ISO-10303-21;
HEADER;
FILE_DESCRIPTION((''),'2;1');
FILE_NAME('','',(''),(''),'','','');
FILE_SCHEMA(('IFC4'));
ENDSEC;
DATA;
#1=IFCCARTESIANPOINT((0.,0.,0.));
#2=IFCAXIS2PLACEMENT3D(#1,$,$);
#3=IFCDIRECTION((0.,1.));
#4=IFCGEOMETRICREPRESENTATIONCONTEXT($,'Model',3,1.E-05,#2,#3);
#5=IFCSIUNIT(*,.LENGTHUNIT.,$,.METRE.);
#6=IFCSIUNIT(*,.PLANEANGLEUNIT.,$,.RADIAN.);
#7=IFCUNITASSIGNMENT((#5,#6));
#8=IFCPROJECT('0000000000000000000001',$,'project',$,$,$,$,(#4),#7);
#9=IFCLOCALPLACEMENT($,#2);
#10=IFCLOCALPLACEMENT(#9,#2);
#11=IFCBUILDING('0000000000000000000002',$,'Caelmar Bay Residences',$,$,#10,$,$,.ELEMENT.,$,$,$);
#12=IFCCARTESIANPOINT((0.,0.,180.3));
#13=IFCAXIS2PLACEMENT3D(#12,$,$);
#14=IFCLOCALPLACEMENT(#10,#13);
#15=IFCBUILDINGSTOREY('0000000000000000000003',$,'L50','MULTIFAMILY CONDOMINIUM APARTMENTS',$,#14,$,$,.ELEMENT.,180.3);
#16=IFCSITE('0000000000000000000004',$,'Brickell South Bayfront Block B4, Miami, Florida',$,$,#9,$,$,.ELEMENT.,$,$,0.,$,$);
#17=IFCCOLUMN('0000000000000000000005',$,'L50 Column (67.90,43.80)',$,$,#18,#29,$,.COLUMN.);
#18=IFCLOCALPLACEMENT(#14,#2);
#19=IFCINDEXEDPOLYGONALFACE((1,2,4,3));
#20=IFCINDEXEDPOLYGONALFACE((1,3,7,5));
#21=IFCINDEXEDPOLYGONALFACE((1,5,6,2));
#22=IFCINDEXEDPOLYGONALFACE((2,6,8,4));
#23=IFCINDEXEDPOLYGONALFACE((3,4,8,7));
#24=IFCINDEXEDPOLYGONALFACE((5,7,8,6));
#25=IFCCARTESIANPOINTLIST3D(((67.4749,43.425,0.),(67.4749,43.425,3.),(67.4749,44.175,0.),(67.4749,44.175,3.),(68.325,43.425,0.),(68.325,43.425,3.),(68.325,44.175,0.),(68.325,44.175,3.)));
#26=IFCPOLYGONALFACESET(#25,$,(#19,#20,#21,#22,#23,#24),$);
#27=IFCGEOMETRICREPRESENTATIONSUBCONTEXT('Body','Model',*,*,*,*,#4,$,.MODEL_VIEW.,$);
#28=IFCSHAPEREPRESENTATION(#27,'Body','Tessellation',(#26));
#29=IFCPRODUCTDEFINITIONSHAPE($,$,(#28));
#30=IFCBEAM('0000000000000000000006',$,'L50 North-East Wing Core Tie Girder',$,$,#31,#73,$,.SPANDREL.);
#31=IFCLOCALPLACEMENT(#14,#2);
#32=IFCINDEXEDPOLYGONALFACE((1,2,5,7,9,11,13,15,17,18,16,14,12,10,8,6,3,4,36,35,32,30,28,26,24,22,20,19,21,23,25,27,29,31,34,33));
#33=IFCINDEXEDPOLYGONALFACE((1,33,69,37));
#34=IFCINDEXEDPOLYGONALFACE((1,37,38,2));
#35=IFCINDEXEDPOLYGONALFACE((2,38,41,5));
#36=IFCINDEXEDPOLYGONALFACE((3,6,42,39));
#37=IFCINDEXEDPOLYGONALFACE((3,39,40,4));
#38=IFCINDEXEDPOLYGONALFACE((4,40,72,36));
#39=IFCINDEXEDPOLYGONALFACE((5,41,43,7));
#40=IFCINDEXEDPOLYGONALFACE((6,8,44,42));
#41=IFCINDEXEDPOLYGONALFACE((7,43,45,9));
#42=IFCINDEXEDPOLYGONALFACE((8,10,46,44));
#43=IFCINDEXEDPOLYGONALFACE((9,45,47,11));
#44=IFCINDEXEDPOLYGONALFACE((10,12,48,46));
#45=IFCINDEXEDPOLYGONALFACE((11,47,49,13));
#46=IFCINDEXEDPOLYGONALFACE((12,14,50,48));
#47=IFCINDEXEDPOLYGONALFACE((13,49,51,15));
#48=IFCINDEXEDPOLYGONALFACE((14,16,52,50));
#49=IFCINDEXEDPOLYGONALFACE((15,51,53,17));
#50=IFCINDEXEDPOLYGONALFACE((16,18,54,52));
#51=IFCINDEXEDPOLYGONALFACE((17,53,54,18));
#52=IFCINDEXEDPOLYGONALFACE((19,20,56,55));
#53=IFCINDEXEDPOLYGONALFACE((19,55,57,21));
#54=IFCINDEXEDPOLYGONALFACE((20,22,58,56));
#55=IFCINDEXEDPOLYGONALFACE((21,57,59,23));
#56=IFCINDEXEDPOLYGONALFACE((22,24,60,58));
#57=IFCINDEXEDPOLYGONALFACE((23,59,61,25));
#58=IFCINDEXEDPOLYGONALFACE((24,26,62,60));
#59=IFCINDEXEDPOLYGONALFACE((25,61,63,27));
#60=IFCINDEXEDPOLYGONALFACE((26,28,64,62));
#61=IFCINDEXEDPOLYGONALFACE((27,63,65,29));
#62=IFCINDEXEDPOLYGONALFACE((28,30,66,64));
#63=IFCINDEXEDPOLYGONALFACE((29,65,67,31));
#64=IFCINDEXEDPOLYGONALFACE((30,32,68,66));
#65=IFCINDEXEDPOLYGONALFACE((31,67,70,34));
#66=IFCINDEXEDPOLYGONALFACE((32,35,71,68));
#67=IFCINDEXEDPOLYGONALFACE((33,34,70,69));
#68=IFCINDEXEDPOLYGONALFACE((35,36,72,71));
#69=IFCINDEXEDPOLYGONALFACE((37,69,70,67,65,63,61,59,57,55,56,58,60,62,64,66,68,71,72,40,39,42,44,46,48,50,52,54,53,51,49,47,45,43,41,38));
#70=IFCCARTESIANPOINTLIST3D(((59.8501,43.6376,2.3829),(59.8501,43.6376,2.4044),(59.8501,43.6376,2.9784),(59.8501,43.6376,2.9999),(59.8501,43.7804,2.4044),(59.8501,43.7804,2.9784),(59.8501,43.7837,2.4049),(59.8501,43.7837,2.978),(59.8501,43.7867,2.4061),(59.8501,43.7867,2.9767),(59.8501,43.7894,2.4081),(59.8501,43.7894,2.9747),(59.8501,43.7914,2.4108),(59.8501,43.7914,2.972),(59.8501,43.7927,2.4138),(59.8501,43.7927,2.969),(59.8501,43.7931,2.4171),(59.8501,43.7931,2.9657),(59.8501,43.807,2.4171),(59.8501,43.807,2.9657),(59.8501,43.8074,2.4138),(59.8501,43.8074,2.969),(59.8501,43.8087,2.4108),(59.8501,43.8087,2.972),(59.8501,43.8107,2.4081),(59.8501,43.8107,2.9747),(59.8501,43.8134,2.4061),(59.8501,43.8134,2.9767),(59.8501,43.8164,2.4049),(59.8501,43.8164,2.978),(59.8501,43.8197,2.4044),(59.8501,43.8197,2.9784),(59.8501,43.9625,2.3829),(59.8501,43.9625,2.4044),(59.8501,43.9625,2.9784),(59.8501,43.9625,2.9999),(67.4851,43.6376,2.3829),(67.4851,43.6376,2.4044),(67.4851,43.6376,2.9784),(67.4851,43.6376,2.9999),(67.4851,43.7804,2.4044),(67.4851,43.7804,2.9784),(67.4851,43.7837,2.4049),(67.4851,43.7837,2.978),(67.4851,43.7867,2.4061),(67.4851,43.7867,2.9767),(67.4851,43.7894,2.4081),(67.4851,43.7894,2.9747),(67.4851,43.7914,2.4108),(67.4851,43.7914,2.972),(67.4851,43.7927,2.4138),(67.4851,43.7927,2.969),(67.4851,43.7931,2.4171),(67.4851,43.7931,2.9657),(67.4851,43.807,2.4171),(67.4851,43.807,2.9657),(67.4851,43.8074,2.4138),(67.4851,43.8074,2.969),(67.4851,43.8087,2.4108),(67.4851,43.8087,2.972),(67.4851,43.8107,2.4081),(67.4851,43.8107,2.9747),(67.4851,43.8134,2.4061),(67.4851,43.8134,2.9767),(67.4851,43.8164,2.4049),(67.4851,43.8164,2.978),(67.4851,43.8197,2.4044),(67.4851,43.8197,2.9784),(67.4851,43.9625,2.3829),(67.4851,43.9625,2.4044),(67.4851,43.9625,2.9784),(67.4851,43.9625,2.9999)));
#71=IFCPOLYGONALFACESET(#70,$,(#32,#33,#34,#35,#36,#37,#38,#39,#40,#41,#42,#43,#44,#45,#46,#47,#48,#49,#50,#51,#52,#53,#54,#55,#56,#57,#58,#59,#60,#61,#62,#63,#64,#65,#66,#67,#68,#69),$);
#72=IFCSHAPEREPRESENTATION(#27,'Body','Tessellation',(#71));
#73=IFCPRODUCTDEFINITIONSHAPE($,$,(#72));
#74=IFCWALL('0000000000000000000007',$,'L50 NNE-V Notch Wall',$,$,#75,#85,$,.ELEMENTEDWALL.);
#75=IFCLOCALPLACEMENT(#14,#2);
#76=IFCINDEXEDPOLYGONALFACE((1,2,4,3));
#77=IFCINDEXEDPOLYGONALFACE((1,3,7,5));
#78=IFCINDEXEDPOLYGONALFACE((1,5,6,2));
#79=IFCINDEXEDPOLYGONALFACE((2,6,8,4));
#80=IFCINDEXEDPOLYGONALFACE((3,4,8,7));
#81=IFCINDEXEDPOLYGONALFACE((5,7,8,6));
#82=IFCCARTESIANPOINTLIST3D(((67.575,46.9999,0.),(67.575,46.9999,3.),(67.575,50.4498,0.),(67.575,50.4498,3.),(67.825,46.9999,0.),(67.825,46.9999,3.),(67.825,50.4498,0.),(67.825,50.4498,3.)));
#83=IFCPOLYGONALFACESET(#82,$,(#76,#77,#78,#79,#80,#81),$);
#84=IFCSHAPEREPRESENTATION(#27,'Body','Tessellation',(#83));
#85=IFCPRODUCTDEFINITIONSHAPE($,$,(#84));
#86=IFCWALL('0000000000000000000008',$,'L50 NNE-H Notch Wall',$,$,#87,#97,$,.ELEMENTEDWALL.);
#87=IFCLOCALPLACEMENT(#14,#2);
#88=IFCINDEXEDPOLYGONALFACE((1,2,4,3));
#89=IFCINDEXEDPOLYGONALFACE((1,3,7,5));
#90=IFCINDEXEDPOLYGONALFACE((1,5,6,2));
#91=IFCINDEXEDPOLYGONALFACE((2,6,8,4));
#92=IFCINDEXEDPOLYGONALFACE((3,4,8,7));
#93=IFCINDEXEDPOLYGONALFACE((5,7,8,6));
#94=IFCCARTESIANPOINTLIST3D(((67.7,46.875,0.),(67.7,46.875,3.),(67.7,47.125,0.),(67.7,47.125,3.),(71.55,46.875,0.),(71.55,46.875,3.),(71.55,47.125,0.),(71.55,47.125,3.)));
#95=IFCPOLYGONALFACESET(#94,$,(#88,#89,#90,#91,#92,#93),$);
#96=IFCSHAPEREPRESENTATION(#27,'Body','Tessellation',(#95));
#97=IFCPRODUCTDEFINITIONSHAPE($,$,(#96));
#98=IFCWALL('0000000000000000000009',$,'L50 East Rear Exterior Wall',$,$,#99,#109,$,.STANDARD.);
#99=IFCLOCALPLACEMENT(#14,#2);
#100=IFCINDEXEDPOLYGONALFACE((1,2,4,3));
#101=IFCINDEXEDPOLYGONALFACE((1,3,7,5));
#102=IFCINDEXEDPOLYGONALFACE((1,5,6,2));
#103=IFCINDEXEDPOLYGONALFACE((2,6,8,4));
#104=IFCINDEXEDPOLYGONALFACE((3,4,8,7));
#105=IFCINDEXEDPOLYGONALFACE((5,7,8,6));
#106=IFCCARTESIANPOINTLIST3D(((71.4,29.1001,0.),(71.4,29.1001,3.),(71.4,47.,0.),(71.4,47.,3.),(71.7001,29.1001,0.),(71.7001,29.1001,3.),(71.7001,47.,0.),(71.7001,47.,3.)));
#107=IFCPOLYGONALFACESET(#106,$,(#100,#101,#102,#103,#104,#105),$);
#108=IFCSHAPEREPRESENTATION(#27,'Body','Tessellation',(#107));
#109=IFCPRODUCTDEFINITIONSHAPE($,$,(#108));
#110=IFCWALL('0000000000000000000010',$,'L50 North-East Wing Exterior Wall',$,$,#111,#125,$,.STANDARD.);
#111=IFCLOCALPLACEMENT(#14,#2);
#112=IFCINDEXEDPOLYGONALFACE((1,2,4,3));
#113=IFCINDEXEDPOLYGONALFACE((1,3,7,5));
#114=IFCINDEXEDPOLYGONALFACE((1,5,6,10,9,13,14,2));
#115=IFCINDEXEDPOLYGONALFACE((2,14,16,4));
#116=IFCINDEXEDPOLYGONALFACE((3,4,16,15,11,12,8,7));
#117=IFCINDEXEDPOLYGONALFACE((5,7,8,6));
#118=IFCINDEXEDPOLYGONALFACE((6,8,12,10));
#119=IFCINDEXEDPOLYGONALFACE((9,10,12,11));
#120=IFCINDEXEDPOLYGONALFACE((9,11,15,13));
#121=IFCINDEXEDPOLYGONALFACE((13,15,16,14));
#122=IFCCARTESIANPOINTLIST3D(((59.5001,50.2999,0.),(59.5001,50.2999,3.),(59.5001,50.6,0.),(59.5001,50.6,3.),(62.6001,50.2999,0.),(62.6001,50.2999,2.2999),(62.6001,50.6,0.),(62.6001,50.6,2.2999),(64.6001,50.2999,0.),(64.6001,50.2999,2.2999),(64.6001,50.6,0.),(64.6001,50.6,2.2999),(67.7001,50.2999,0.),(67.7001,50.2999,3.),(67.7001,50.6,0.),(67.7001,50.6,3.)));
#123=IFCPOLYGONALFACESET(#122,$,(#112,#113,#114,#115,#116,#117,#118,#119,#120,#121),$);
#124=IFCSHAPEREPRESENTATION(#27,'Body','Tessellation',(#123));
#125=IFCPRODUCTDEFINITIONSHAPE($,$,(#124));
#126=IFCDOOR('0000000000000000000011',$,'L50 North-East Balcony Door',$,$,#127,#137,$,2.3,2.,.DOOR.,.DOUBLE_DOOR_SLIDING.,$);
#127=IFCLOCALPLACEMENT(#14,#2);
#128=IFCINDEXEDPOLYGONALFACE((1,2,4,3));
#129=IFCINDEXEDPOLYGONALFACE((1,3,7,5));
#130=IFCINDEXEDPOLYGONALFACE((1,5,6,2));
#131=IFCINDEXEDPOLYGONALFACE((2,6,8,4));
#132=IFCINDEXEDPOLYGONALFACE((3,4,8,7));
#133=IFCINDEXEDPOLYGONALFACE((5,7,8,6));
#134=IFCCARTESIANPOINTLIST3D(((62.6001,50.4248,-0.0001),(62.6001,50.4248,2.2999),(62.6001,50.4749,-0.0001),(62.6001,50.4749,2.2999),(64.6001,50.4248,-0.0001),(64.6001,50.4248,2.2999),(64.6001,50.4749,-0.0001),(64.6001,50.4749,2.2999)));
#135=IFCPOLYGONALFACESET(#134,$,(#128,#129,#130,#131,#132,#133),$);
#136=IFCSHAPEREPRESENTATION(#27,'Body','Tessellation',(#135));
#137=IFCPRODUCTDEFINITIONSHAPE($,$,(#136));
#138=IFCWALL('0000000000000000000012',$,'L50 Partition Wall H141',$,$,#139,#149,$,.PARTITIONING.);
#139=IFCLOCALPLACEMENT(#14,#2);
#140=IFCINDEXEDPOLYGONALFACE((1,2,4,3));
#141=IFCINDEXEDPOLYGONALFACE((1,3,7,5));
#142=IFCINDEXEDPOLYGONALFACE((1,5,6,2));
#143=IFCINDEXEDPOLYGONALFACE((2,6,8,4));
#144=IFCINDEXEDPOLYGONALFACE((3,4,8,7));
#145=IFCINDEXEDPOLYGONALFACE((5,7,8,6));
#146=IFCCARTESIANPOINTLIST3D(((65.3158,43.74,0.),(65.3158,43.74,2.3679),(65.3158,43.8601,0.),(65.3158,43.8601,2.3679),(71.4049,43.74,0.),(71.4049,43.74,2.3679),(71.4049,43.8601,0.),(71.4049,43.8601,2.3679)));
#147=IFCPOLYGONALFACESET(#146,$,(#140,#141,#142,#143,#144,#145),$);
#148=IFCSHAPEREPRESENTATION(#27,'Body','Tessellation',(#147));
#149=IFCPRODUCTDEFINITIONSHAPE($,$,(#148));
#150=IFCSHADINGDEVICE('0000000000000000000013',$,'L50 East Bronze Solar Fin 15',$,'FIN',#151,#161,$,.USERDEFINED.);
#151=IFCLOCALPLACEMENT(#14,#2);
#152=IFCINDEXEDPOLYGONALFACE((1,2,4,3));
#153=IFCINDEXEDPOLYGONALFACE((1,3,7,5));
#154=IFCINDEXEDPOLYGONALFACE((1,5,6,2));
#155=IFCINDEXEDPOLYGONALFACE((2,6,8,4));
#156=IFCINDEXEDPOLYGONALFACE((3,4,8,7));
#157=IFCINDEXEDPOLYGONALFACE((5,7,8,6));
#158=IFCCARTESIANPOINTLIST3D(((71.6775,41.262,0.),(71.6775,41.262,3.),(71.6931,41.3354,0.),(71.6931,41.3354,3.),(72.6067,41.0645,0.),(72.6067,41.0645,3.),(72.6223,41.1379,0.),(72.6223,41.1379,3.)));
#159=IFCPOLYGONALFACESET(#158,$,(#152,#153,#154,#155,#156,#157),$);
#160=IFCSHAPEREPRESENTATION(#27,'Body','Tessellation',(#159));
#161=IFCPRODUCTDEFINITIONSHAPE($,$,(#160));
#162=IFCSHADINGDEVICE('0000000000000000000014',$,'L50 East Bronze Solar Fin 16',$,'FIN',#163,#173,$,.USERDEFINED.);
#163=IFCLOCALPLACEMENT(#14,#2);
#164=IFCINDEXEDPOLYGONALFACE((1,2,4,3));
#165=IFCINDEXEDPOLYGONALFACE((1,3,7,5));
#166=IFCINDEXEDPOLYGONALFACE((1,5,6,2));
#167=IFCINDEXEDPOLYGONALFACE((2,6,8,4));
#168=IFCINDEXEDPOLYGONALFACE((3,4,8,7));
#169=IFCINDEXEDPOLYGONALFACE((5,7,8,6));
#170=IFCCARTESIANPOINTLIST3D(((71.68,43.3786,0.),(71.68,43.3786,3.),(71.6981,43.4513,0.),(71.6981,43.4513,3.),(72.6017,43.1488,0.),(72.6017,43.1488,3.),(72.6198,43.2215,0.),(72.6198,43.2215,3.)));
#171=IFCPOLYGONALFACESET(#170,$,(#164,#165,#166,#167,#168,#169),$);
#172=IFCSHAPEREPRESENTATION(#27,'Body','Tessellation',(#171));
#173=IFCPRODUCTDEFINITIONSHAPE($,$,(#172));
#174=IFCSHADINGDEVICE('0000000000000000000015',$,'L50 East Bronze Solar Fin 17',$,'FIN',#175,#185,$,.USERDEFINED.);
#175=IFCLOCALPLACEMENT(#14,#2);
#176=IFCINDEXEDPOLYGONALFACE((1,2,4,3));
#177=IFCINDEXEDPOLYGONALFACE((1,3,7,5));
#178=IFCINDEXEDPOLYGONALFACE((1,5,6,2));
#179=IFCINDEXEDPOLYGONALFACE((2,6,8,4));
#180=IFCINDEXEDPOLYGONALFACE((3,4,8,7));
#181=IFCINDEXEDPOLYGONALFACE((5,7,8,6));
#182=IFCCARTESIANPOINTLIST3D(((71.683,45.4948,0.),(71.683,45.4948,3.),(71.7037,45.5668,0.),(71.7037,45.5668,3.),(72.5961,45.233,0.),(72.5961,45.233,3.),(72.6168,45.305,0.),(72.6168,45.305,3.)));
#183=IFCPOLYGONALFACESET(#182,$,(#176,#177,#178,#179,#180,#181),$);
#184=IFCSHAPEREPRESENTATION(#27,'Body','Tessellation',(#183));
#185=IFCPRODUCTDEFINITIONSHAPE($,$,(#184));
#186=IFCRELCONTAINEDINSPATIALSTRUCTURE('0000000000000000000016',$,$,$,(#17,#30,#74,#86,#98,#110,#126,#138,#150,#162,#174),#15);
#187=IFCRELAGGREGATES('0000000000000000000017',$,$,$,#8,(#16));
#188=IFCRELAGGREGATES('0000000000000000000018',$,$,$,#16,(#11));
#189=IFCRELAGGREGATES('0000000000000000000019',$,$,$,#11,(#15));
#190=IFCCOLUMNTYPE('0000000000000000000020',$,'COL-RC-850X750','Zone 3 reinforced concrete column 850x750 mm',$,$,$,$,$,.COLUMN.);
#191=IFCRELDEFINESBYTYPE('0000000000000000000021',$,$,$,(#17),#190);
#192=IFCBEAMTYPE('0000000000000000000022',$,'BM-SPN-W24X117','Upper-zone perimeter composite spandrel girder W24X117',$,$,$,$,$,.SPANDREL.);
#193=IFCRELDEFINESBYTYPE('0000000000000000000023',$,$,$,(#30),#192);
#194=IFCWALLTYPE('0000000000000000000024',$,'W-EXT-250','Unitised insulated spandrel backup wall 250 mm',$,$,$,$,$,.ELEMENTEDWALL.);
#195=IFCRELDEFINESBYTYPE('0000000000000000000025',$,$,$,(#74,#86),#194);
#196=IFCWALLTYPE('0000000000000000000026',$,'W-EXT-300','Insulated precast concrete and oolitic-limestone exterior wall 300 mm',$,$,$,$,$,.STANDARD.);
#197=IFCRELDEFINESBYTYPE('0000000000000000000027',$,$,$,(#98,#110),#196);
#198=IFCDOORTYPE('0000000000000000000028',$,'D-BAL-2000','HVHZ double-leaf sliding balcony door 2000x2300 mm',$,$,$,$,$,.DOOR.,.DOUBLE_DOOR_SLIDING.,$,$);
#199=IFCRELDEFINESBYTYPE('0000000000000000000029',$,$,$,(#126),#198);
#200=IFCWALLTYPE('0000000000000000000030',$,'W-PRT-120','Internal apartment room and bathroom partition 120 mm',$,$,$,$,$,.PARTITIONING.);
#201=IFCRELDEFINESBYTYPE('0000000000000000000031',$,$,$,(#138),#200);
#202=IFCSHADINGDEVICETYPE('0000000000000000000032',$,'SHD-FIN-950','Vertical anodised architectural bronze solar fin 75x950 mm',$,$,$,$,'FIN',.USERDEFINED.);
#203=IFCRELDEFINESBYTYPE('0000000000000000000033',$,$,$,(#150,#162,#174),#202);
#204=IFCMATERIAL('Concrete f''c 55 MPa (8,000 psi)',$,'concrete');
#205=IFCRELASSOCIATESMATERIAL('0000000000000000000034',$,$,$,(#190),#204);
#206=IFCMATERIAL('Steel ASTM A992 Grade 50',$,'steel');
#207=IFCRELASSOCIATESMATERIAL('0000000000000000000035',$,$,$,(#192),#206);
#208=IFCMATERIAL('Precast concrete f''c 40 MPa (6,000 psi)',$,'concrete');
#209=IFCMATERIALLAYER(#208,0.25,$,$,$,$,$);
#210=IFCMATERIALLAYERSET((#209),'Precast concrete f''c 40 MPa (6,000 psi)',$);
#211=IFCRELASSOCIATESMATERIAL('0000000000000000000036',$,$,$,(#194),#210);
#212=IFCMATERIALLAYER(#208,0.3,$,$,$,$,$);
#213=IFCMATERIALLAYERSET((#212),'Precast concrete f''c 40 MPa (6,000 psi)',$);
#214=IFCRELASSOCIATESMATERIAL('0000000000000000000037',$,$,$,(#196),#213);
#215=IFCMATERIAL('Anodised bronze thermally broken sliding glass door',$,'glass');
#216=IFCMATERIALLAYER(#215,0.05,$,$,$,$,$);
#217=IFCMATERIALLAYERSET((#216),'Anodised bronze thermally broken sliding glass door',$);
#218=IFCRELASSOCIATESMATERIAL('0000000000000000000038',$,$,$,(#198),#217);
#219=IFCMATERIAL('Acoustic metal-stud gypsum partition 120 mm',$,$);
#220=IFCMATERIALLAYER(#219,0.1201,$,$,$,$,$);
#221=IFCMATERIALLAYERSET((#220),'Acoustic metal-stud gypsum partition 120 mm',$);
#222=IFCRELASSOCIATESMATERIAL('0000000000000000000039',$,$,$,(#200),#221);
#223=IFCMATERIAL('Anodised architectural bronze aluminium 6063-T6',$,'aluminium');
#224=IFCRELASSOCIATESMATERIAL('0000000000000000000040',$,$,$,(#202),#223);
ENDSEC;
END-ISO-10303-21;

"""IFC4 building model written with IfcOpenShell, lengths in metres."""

from ifc_helpers import new_model, si_unit, direction, frame, frame_2d, origin, origin_2d, place, context, subcontext, project, spatial, rectangle, i_section, extrude, material, layer, layer_set, material_profile, profile_set, type_object, element, fill, save


model = new_model("IFC4")

# Units and contexts
model_context = context("Model", 3, precision=1e-05, world=origin(), true_north=direction((0.0, 1.0)))
body_context = subcontext(model_context, "Body", "Model", "MODEL_VIEW")
ifc_project = project(units=[si_unit("LENGTHUNIT", "METRE"), si_unit("PLANEANGLEUNIT", "RADIAN")], contexts=[model_context])

# Site, building, storey
site_placement = place(None, origin())
site = spatial("IfcSite", under=ifc_project, at=site_placement, Name="Brickell South Bayfront Block B4, Miami, Florida", CompositionType="ELEMENT", RefElevation=0.0)
building_placement = place(site_placement, origin())
building = spatial("IfcBuilding", under=site, at=building_placement, Name="Caelmar Bay Residences", CompositionType="ELEMENT")
storey_placement = place(building_placement, frame((0.0, 0.0, 180.3)))
storey = spatial("IfcBuildingStorey", under=building, at=storey_placement, Name="L50", Description="MULTIFAMILY CONDOMINIUM APARTMENTS", CompositionType="ELEMENT", Elevation=180.3)

# Column
ifc_material_1 = material(Name="Concrete f'c 55 MPa (8,000 psi)", Category="concrete")
ifc_material_profile_1 = material_profile(ifc_material_1, rectangle(XDim=0.8501, YDim=0.75, at=origin_2d()), Name="RC-COL-850X750")
ifc_profile_set_1 = profile_set([ifc_material_profile_1], Name="Concrete f'c 55 MPa (8,000 psi)")
column_type = type_object("IfcColumnType", Name="COL-RC-850X750", Description="Zone 3 reinforced concrete column 850x750 mm", PredefinedType="COLUMN", material=ifc_profile_set_1)
column_placement = place(storey_placement, frame((67.8999, 43.8, 0.0), z_axis=(0.0, 0.0, 1.0), x_axis=(1.0, 0.0, 0.0)))
element("IfcColumn", 1, at=column_placement, inside=storey, type_object=column_type, Name="L50 Column (67.90,43.80)", PredefinedType="COLUMN", context=body_context, shape_type="SweptSolid", body=[
    extrude(rectangle(XDim=0.8501, YDim=0.75, at=origin_2d()), origin(), (0.0, 0.0, 1.0), 3.0),
])

# Beam
ifc_material_2 = material(Name="Steel ASTM A992 Grade 50", Category="steel")
ifc_material_profile_2 = material_profile(ifc_material_2, i_section(OverallWidth=0.325, OverallDepth=0.6169, WebThickness=0.0139, FlangeThickness=0.0215, FilletRadius=0.0127, at=origin_2d()), Name="W24X117")
ifc_profile_set_2 = profile_set([ifc_material_profile_2], Name="Steel ASTM A992 Grade 50")
beam_type = type_object("IfcBeamType", Name="BM-SPN-W24X117", Description="Upper-zone perimeter composite spandrel girder W24X117", PredefinedType="SPANDREL", material=ifc_profile_set_2)
beam_placement = place(storey_placement, frame((59.8501, 43.8, 2.6914), z_axis=(1.0, 0.0, 0.0), x_axis=(0.0, 1.0, 0.0)))
element("IfcBeam", 2, at=beam_placement, inside=storey, type_object=beam_type, Name="L50 North-East Wing Core Tie Girder", PredefinedType="SPANDREL", context=body_context, shape_type="SweptSolid", body=[
    extrude(i_section(OverallWidth=0.325, OverallDepth=0.6169, WebThickness=0.0139, FlangeThickness=0.0215, FilletRadius=0.0127, at=origin_2d()), origin(), (0.0, 0.0, 1.0), 7.635),
])

# Walls
ifc_material_3 = material(Name="Precast concrete f'c 40 MPa (6,000 psi)", Category="concrete")
ifc_layer_1 = layer(ifc_material_3, 0.25)
ifc_layer_set_1 = layer_set([ifc_layer_1], Name="Precast concrete f'c 40 MPa (6,000 psi)")
wall_type_1 = type_object("IfcWallType", Name="W-EXT-250", Description="Unitised insulated spandrel backup wall 250 mm", PredefinedType="ELEMENTEDWALL", material=ifc_layer_set_1)
wall_1_placement = place(storey_placement, frame((67.7, 50.45, 0.0), z_axis=(0.0, 0.0, 1.0), x_axis=(0.0, -1.0, 0.0)))
element("IfcWall", 3, at=wall_1_placement, inside=storey, type_object=wall_type_1, Name="L50 NNE-V Notch Wall", PredefinedType="ELEMENTEDWALL", context=body_context, shape_type="SweptSolid", body=[
    extrude(rectangle(XDim=3.45, YDim=0.25, at=frame_2d((1.7251, 0.0))), origin(), (0.0, 0.0, 1.0), 3.0),
])
wall_2_placement = place(storey_placement, frame((67.7, 47.0, 0.0), z_axis=(0.0, 0.0, 1.0), x_axis=(1.0, 0.0, 0.0)))
element("IfcWall", 4, at=wall_2_placement, inside=storey, type_object=wall_type_1, Name="L50 NNE-H Notch Wall", PredefinedType="ELEMENTEDWALL", context=body_context, shape_type="SweptSolid", body=[
    extrude(rectangle(XDim=3.8501, YDim=0.25, at=frame_2d((1.925, 0.0))), origin(), (0.0, 0.0, 1.0), 3.0),
])
ifc_layer_2 = layer(ifc_material_3, 0.3)
ifc_layer_set_2 = layer_set([ifc_layer_2], Name="Precast concrete f'c 40 MPa (6,000 psi)")
wall_type_2 = type_object("IfcWallType", Name="W-EXT-300", Description="Insulated precast concrete and oolitic-limestone exterior wall 300 mm", PredefinedType="STANDARD", material=ifc_layer_set_2)
wall_3_placement = place(storey_placement, frame((71.55, 47.0, 0.0), z_axis=(0.0, 0.0, 1.0), x_axis=(0.0, -1.0, 0.0)))
element("IfcWall", 5, at=wall_3_placement, inside=storey, type_object=wall_type_2, Name="L50 East Rear Exterior Wall", PredefinedType="STANDARD", context=body_context, shape_type="SweptSolid", body=[
    extrude(rectangle(XDim=17.8999, YDim=0.3, at=frame_2d((8.95, 0.0))), origin(), (0.0, 0.0, 1.0), 3.0),
])

# Wall, opening, door
wall_4_placement = place(storey_placement, frame((59.5, 50.45, 0.0), z_axis=(0.0, 0.0, 1.0), x_axis=(1.0, 0.0, 0.0)))
wall_4 = element("IfcWall", 6, at=wall_4_placement, inside=storey, type_object=wall_type_2, Name="L50 North-East Wing Exterior Wall", PredefinedType="STANDARD", context=body_context, shape_type="SweptSolid", body=[
    extrude(rectangle(XDim=8.2, YDim=0.3, at=frame_2d((4.1001, 0.0))), origin(), (0.0, 0.0, 1.0), 3.0),
])
opening_1_placement = place(wall_4_placement, frame((3.1001, 0.0, 0.0)))
opening_1 = element("IfcOpeningElement", 7, at=opening_1_placement, cuts=wall_4, PredefinedType="OPENING", context=body_context, shape_type="SweptSolid", body=[
    extrude(rectangle(XDim=2.0, YDim=2.3, at=frame_2d((1.0, 1.1499))), frame((0.0, 0.1599, 0.0), z_axis=(0.0, -1.0, 0.0), x_axis=(1.0, 0.0, 0.0)), (0.0, 0.0, 1.0), 0.3201),
])
ifc_material_4 = material(Name="Anodised bronze thermally broken sliding glass door", Category="glass")
ifc_layer_3 = layer(ifc_material_4, 0.05)
ifc_layer_set_3 = layer_set([ifc_layer_3], Name="Anodised bronze thermally broken sliding glass door")
door_type_1 = type_object("IfcDoorType", Name="D-BAL-2000", Description="HVHZ double-leaf sliding balcony door 2000x2300 mm", OperationType="DOUBLE_DOOR_SLIDING", PredefinedType="DOOR", material=ifc_layer_set_3)
door_1_placement = place(opening_1_placement, origin())
door_1 = element("IfcDoor", 8, at=door_1_placement, inside=storey, type_object=door_type_1, Name="L50 North-East Balcony Door", OperationType="DOUBLE_DOOR_SLIDING", OverallHeight=2.3, OverallWidth=2.0, PredefinedType="DOOR", context=body_context, shape_type="SweptSolid", body=[
    extrude(rectangle(XDim=2.0, YDim=2.3, at=frame_2d((1.0, 1.1499))), frame((0.0, 0.0249, 0.0), z_axis=(0.0, -1.0, 0.0), x_axis=(1.0, 0.0, 0.0)), (0.0, 0.0, 1.0), 0.05),
])
fill(opening_1, door_1)
ifc_material_5 = material(Name="Acoustic metal-stud gypsum partition 120 mm")
ifc_layer_4 = layer(ifc_material_5, 0.1201)
ifc_layer_set_4 = layer_set([ifc_layer_4], Name="Acoustic metal-stud gypsum partition 120 mm")
wall_type_3 = type_object("IfcWallType", Name="W-PRT-120", Description="Internal apartment room and bathroom partition 120 mm", PredefinedType="PARTITIONING", material=ifc_layer_set_4)

# Wall
wall_5_placement = place(storey_placement, frame((65.3159, 43.8, 0.0), z_axis=(0.0, 0.0, 1.0), x_axis=(1.0, 0.0, 0.0)))
element("IfcWall", 9, at=wall_5_placement, inside=storey, type_object=wall_type_3, Name="L50 Partition Wall H141", PredefinedType="PARTITIONING", context=body_context, shape_type="SweptSolid", body=[
    extrude(rectangle(XDim=6.0891, YDim=0.1201, at=frame_2d((3.0444, 0.0))), origin(), (0.0, 0.0, 1.0), 2.3679),
])

# Shading devices
ifc_material_6 = material(Name="Anodised architectural bronze aluminium 6063-T6", Category="aluminium")
ifc_material_profile_3 = material_profile(ifc_material_6, rectangle(XDim=0.075, YDim=0.95, at=origin_2d()), Name="BRONZE-FIN-75X950")
ifc_profile_set_3 = profile_set([ifc_material_profile_3], Name="Anodised architectural bronze aluminium 6063-T6")
shading_device_type = type_object("IfcShadingDeviceType", Name="SHD-FIN-950", Description="Vertical anodised architectural bronze solar fin 75x950 mm", ElementType="FIN", PredefinedType="USERDEFINED", material=ifc_profile_set_3)
for number, where, z_axis, x_axis, name in (
    (10, (72.1499, 41.2, 0.0), (0.0, 0.0, 1.0), (0.207912, 0.978148, 0.0), "L50 East Bronze Solar Fin 15"),
    (11, (72.1499, 43.3, 0.0), (0.0, 0.0, 1.0), (0.241922, 0.970296, 0.0), "L50 East Bronze Solar Fin 16"),
    (12, (72.1499, 45.3999, 0.0), (0.0, 0.0, 1.0), (0.275637, 0.961262, 0.0), "L50 East Bronze Solar Fin 17"),
):
    element("IfcShadingDevice", number, at=place(storey_placement, frame(where, z_axis=z_axis, x_axis=x_axis)), inside=storey, type_object=shading_device_type, Name=name, ObjectType="FIN", PredefinedType="USERDEFINED", context=body_context, shape_type="SweptSolid", body=[
        extrude(rectangle(XDim=0.075, YDim=0.95, at=origin_2d()), origin(), (0.0, 0.0, 1.0), 3.0),
    ])

save(model, "model.ifc")
